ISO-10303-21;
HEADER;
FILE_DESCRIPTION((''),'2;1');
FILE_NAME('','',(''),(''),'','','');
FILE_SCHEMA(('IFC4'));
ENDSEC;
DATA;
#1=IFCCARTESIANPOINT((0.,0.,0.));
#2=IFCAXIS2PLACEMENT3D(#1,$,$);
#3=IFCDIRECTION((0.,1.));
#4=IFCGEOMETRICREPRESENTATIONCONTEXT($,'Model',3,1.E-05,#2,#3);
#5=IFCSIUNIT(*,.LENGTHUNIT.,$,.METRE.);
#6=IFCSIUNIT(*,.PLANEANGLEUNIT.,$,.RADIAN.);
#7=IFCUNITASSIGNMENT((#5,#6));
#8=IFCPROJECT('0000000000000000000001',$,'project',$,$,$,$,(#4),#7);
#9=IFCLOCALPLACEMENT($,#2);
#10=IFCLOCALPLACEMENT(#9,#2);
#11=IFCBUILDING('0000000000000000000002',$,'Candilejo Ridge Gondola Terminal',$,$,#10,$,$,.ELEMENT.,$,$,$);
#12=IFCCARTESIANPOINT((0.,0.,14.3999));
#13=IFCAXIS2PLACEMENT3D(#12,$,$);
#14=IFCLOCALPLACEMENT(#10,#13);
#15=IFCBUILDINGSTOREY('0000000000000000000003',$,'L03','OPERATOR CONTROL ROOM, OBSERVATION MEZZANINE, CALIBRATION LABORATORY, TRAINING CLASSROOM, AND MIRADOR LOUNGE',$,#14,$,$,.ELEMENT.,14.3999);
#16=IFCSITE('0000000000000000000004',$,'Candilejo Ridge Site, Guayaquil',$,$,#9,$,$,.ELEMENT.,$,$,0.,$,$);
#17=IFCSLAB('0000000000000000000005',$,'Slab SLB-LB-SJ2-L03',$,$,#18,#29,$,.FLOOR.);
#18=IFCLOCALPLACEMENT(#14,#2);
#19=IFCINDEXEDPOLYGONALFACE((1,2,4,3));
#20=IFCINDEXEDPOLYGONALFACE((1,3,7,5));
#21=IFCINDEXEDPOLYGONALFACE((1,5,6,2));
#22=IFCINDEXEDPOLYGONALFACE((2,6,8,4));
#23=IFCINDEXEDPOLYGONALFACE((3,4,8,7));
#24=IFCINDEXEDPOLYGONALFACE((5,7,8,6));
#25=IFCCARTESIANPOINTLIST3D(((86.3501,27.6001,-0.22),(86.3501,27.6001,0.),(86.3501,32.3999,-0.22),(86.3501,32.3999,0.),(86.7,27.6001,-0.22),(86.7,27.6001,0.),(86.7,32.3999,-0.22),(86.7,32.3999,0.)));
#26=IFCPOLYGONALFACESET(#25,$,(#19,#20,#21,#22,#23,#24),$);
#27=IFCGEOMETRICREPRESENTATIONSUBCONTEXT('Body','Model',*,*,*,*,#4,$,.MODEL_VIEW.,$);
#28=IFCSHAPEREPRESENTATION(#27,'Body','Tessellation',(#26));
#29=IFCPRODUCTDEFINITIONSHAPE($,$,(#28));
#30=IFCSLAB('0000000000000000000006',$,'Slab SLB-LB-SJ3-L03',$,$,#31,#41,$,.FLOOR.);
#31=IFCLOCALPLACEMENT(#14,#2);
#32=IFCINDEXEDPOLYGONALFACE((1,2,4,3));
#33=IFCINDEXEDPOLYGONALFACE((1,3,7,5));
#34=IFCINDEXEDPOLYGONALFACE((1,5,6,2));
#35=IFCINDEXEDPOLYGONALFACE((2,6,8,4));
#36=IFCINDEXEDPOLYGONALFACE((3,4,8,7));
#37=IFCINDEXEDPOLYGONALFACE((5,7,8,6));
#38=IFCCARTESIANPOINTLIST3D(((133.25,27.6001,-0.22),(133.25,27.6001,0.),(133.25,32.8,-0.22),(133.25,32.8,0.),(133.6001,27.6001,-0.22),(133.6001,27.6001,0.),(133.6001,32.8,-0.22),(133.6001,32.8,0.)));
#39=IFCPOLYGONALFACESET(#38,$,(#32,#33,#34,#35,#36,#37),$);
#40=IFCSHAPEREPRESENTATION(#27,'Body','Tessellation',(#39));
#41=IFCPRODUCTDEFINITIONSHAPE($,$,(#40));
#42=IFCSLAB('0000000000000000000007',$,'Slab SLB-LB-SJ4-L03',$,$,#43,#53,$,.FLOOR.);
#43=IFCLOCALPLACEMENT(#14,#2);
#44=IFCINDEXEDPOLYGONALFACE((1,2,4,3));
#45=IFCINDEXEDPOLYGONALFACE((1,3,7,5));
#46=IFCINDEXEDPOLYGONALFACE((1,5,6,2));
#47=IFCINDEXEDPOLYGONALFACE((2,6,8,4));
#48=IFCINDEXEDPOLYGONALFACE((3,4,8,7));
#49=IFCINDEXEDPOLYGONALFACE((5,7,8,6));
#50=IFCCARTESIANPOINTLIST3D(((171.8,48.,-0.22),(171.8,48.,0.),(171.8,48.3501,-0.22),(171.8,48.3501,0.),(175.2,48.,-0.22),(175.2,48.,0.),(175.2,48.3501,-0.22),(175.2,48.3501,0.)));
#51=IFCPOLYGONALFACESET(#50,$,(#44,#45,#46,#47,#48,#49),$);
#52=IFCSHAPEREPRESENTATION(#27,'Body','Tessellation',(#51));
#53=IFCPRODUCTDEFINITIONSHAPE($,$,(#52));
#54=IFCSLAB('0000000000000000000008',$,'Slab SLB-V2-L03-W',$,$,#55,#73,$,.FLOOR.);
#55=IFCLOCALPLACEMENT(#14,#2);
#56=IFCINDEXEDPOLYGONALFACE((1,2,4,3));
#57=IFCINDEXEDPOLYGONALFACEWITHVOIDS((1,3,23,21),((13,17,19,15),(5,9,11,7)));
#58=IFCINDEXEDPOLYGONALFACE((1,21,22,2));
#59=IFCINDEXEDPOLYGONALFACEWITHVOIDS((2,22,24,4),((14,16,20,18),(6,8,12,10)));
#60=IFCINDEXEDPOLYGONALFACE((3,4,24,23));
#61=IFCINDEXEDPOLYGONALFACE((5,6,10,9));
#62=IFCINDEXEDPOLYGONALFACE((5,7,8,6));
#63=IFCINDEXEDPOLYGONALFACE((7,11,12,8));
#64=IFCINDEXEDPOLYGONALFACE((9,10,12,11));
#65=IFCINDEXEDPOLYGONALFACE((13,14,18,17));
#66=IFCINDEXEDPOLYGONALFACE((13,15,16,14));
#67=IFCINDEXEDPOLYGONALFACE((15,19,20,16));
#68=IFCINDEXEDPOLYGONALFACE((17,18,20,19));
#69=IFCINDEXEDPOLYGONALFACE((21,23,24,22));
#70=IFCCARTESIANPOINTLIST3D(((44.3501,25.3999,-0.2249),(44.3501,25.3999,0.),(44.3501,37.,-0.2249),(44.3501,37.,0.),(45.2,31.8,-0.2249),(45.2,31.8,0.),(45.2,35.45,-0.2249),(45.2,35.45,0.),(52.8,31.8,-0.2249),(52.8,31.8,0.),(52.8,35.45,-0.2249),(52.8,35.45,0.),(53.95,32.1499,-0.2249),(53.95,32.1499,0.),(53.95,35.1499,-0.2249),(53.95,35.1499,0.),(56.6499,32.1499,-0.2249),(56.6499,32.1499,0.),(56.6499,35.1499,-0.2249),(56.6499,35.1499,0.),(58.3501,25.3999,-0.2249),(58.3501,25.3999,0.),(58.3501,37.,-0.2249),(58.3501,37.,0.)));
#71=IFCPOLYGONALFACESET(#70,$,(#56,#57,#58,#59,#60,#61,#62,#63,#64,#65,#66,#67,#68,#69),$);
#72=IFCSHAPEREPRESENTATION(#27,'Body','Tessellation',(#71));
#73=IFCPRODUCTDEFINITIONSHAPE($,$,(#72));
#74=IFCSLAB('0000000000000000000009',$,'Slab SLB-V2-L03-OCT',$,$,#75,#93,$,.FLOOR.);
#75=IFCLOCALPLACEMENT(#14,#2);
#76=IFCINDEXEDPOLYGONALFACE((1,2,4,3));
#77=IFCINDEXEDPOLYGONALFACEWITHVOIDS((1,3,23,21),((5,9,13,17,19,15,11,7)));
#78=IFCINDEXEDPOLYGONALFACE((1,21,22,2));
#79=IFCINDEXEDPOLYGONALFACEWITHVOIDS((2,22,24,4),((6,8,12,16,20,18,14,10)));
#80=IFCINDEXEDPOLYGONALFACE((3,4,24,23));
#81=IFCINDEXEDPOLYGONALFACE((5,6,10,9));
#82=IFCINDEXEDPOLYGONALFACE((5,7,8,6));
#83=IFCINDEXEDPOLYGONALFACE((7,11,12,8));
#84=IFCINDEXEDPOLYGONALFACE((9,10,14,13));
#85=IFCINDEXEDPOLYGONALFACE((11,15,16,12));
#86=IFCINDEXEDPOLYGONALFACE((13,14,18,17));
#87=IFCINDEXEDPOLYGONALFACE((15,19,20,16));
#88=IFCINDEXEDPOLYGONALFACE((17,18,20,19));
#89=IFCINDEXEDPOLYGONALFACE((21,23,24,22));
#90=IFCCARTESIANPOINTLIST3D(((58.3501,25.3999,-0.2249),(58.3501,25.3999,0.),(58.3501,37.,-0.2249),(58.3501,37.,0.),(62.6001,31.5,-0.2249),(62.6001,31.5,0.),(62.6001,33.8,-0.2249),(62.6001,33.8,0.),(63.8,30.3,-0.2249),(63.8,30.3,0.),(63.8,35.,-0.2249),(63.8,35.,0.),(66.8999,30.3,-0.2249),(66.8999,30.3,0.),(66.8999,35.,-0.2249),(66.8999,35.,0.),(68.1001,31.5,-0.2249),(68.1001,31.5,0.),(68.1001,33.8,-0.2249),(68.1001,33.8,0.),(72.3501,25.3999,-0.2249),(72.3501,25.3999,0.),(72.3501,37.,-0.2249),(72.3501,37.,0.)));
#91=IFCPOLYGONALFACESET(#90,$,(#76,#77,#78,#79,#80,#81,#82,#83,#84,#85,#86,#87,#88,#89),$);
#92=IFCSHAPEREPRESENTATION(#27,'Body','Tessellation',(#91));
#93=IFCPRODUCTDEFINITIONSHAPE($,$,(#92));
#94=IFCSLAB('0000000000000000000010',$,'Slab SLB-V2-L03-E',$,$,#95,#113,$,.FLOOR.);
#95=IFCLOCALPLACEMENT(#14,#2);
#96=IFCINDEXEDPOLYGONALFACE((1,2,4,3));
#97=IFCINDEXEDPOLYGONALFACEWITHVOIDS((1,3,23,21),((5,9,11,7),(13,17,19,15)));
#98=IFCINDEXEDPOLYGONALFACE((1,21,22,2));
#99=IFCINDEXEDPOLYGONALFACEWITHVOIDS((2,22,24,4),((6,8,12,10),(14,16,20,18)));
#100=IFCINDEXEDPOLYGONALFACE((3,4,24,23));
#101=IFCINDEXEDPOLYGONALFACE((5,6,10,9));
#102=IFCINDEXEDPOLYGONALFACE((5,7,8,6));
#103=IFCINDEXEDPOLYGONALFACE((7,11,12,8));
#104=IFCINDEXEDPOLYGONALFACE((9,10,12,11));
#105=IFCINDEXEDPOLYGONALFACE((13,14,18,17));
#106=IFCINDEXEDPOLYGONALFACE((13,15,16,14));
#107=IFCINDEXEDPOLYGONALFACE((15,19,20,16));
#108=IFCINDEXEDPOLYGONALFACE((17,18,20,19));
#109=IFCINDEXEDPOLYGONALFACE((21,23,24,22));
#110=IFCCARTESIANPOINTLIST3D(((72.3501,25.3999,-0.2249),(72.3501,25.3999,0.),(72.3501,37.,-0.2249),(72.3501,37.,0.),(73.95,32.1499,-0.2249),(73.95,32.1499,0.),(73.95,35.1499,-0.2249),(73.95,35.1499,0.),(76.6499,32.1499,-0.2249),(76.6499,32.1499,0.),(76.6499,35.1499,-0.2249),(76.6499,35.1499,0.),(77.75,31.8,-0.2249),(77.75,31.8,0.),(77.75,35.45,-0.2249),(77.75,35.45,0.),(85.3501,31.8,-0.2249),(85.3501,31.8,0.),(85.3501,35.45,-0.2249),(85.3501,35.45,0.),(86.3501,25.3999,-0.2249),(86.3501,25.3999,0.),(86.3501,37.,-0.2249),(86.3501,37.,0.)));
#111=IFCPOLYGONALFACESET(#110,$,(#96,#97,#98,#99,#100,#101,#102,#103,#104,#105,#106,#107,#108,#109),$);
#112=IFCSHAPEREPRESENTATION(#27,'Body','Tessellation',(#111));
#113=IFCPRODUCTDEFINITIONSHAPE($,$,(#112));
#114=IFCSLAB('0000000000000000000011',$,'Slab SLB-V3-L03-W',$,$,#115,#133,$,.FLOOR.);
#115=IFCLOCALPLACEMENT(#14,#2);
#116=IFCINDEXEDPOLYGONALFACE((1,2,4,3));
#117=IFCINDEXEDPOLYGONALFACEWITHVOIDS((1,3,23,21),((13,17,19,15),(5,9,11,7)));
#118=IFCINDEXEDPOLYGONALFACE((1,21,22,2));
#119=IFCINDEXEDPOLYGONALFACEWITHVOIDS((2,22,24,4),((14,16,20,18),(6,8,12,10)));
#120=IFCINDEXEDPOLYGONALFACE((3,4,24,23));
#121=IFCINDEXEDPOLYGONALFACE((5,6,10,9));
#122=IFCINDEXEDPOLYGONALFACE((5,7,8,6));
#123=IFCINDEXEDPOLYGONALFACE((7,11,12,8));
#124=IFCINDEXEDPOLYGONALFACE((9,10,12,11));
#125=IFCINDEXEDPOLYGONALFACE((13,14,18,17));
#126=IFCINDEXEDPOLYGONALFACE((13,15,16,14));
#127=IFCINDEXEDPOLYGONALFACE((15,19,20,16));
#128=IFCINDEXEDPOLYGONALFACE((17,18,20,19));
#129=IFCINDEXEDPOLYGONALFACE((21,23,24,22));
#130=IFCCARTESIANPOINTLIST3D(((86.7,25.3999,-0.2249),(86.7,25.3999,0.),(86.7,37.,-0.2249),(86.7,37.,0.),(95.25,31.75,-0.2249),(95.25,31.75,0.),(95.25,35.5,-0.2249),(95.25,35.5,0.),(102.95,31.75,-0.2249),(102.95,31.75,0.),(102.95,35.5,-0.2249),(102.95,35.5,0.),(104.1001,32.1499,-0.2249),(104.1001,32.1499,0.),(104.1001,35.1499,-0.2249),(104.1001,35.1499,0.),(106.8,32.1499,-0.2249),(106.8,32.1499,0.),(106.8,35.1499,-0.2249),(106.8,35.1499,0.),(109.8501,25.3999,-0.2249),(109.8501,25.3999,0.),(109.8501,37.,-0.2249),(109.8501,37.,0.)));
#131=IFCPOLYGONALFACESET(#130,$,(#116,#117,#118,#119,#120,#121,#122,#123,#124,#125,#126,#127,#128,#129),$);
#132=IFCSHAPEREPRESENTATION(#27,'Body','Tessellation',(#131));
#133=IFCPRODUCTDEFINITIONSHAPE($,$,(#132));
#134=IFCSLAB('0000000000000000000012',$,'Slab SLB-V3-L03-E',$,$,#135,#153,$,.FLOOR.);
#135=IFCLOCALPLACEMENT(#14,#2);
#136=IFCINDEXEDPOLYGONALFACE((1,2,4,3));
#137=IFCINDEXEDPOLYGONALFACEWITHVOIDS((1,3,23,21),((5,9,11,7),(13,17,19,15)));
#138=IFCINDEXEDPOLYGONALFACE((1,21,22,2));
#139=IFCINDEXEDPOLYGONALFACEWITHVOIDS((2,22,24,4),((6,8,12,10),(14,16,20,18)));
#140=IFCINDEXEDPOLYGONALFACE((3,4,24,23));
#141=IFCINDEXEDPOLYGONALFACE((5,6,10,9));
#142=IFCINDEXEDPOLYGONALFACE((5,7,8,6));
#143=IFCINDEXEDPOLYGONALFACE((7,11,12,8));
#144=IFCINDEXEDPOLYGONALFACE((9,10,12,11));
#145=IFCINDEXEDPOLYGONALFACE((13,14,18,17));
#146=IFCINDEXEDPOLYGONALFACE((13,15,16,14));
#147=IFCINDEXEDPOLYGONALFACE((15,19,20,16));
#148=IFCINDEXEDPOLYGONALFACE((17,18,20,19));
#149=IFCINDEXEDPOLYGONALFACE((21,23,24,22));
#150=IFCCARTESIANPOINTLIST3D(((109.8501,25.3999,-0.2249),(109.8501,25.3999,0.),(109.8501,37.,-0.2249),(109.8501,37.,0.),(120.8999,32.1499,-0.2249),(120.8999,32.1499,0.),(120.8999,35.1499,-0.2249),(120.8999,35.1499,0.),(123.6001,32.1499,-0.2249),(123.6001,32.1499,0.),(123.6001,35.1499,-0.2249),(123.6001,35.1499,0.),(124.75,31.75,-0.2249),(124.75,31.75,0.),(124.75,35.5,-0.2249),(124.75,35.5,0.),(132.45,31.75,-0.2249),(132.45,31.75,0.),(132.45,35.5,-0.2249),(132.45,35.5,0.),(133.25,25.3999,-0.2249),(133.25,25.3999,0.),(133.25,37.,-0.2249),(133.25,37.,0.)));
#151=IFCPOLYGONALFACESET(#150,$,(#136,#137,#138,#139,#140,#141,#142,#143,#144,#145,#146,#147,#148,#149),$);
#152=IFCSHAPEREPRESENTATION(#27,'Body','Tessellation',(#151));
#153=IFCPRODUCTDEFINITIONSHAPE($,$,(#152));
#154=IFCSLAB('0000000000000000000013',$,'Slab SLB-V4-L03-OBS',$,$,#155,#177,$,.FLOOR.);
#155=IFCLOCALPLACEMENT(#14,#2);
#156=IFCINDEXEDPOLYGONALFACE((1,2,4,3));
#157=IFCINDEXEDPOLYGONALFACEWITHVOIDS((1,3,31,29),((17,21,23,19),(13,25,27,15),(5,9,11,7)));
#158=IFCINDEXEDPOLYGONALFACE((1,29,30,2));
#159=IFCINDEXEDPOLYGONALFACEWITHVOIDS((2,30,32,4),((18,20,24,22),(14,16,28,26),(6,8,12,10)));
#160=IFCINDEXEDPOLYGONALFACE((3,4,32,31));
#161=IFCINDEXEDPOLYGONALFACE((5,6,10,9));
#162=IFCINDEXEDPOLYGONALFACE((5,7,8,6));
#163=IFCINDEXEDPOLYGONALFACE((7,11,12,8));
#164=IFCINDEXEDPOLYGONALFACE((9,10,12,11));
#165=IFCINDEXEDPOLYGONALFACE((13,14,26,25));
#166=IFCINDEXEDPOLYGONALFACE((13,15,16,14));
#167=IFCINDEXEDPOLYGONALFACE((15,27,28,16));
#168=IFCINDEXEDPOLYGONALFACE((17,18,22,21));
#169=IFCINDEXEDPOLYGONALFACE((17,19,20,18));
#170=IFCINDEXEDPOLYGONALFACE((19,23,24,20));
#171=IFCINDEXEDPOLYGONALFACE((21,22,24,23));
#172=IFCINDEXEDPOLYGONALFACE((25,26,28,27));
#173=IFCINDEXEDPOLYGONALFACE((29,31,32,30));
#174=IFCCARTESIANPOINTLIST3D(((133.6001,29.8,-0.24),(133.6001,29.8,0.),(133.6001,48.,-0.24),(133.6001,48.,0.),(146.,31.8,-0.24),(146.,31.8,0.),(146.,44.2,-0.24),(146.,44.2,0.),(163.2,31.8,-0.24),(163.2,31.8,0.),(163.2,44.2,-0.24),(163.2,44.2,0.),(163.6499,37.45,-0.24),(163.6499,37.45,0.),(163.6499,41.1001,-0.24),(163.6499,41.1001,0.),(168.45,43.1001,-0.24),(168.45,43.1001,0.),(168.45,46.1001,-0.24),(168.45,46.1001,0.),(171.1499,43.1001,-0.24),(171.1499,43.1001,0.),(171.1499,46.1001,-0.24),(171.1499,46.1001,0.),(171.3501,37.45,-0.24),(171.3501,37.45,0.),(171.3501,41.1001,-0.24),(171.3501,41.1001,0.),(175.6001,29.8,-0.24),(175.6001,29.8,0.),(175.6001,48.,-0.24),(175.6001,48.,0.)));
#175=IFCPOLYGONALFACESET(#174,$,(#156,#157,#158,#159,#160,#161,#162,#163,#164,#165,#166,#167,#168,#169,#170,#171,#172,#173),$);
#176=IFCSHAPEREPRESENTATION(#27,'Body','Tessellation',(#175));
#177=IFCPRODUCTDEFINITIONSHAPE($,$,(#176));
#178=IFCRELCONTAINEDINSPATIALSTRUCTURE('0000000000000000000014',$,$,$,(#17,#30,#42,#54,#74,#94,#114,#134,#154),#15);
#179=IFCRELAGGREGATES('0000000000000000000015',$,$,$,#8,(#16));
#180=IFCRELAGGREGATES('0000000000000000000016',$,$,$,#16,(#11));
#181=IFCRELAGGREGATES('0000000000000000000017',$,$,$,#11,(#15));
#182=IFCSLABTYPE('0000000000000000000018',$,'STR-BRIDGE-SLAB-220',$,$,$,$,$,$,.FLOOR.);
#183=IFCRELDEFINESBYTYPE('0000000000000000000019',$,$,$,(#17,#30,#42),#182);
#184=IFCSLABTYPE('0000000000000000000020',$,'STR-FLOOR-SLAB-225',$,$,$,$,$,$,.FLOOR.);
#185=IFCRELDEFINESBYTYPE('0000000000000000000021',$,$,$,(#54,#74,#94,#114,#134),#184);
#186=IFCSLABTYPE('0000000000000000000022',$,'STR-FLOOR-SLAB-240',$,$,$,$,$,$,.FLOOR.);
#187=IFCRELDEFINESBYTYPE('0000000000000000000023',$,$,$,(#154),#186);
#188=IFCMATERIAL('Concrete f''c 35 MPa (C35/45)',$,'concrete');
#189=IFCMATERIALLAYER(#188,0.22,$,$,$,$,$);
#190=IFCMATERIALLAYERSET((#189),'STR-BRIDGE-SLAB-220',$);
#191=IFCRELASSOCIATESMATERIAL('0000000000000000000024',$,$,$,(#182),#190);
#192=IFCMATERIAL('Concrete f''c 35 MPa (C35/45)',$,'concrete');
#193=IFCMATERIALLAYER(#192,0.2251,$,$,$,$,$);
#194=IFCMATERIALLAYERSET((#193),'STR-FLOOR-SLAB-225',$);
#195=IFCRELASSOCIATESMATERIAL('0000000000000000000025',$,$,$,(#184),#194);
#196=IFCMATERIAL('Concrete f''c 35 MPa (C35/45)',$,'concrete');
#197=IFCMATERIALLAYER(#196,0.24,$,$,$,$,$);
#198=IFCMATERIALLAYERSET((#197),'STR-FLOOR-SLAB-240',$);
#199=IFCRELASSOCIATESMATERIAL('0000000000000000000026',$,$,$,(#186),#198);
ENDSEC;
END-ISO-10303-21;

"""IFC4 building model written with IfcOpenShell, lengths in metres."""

from ifc_helpers import new_model, si_unit, direction, frame, origin, place, context, subcontext, project, spatial, polyline, outline, extrude, material, layer, layer_set, type_object, element, save


model = new_model("IFC4")

# Units and contexts
model_context = context("Model", 3, precision=1e-05, world=origin(), true_north=direction((0.0, 1.0)))
body_context = subcontext(model_context, "Body", "Model", "MODEL_VIEW")
ifc_project = project(units=[si_unit("LENGTHUNIT", "METRE"), si_unit("PLANEANGLEUNIT", "RADIAN")], contexts=[model_context])

# Site, building, storey
site_placement = place(None, origin())
site = spatial("IfcSite", under=ifc_project, at=site_placement, Name="Candilejo Ridge Site, Guayaquil", CompositionType="ELEMENT", RefElevation=0.0)
building_placement = place(site_placement, origin())
building = spatial("IfcBuilding", under=site, at=building_placement, Name="Candilejo Ridge Gondola Terminal", CompositionType="ELEMENT")
storey_placement = place(building_placement, frame((0.0, 0.0, 14.3999)))
storey = spatial("IfcBuildingStorey", under=building, at=storey_placement, Name="L03", Description="OPERATOR CONTROL ROOM, OBSERVATION MEZZANINE, CALIBRATION LABORATORY, TRAINING CLASSROOM, AND MIRADOR LOUNGE", CompositionType="ELEMENT", Elevation=14.3999)

# Slabs
ifc_material_1 = material(Name="Concrete f'c 35 MPa (C35/45)", Category="concrete")
ifc_layer_1 = layer(ifc_material_1, 0.22)
ifc_layer_set_1 = layer_set([ifc_layer_1], Name="STR-BRIDGE-SLAB-220")
slab_type_1 = type_object("IfcSlabType", Name="STR-BRIDGE-SLAB-220", PredefinedType="FLOOR", material=ifc_layer_set_1)
slab_1_placement = place(storey_placement, frame((0.0, 0.0, -0.22)))
element("IfcSlab", 1, at=slab_1_placement, inside=storey, type_object=slab_type_1, Name="Slab SLB-LB-SJ2-L03", PredefinedType="FLOOR", context=body_context, shape_type="SweptSolid", body=[
    extrude(outline(polyline([(86.3501, 27.6001), (86.7, 27.6001), (86.7, 32.3999), (86.3501, 32.3999), (86.3501, 27.6001)])), origin(), (0.0, 0.0, 1.0), 0.22),
])
slab_2_placement = place(storey_placement, frame((0.0, 0.0, -0.22)))
element("IfcSlab", 2, at=slab_2_placement, inside=storey, type_object=slab_type_1, Name="Slab SLB-LB-SJ3-L03", PredefinedType="FLOOR", context=body_context, shape_type="SweptSolid", body=[
    extrude(outline(polyline([(133.25, 27.6001), (133.6001, 27.6001), (133.6001, 32.8), (133.25, 32.8), (133.25, 27.6001)])), origin(), (0.0, 0.0, 1.0), 0.22),
])
slab_3_placement = place(storey_placement, frame((0.0, 0.0, -0.22)))
element("IfcSlab", 3, at=slab_3_placement, inside=storey, type_object=slab_type_1, Name="Slab SLB-LB-SJ4-L03", PredefinedType="FLOOR", context=body_context, shape_type="SweptSolid", body=[
    extrude(outline(polyline([(171.8, 48.0), (175.2, 48.0), (175.2, 48.3501), (171.8, 48.3501), (171.8, 48.0)])), origin(), (0.0, 0.0, 1.0), 0.22),
])
ifc_material_2 = material(Name="Concrete f'c 35 MPa (C35/45)", Category="concrete")
ifc_layer_2 = layer(ifc_material_2, 0.2251)
ifc_layer_set_2 = layer_set([ifc_layer_2], Name="STR-FLOOR-SLAB-225")
slab_type_2 = type_object("IfcSlabType", Name="STR-FLOOR-SLAB-225", PredefinedType="FLOOR", material=ifc_layer_set_2)
slab_4_placement = place(storey_placement, frame((0.0, 0.0, -0.2249)))
element("IfcSlab", 4, at=slab_4_placement, inside=storey, type_object=slab_type_2, Name="Slab SLB-V2-L03-W", PredefinedType="FLOOR", context=body_context, shape_type="SweptSolid", body=[
    extrude(outline(polyline([(44.3501, 25.3999), (58.3501, 25.3999), (58.3501, 37.0), (44.3501, 37.0), (44.3501, 25.3999)]), holes=[polyline([(45.2, 31.8), (52.8, 31.8), (52.8, 35.45), (45.2, 35.45), (45.2, 31.8)]), polyline([(53.95, 32.1499), (56.6499, 32.1499), (56.6499, 35.1499), (53.95, 35.1499), (53.95, 32.1499)])]), origin(), (0.0, 0.0, 1.0), 0.2249),
])
slab_5_placement = place(storey_placement, frame((0.0, 0.0, -0.2249)))
element("IfcSlab", 5, at=slab_5_placement, inside=storey, type_object=slab_type_2, Name="Slab SLB-V2-L03-OCT", PredefinedType="FLOOR", context=body_context, shape_type="SweptSolid", body=[
    extrude(outline(polyline([(58.3501, 25.3999), (72.3501, 25.3999), (72.3501, 37.0), (58.3501, 37.0), (58.3501, 25.3999)]), holes=[polyline([(63.8, 30.3), (66.8999, 30.3), (68.1001, 31.5), (68.1001, 33.8), (66.8999, 35.0), (63.8, 35.0), (62.6001, 33.8), (62.6001, 31.5), (63.8, 30.3)])]), origin(), (0.0, 0.0, 1.0), 0.2249),
])
slab_6_placement = place(storey_placement, frame((0.0, 0.0, -0.2249)))
element("IfcSlab", 6, at=slab_6_placement, inside=storey, type_object=slab_type_2, Name="Slab SLB-V2-L03-E", PredefinedType="FLOOR", context=body_context, shape_type="SweptSolid", body=[
    extrude(outline(polyline([(72.3501, 25.3999), (86.3501, 25.3999), (86.3501, 37.0), (72.3501, 37.0), (72.3501, 25.3999)]), holes=[polyline([(77.75, 31.8), (85.3501, 31.8), (85.3501, 35.45), (77.75, 35.45), (77.75, 31.8)]), polyline([(73.95, 32.1499), (76.6499, 32.1499), (76.6499, 35.1499), (73.95, 35.1499), (73.95, 32.1499)])]), origin(), (0.0, 0.0, 1.0), 0.2249),
])
slab_7_placement = place(storey_placement, frame((0.0, 0.0, -0.2249)))
element("IfcSlab", 7, at=slab_7_placement, inside=storey, type_object=slab_type_2, Name="Slab SLB-V3-L03-W", PredefinedType="FLOOR", context=body_context, shape_type="SweptSolid", body=[
    extrude(outline(polyline([(86.7, 25.3999), (109.8501, 25.3999), (109.8501, 37.0), (86.7, 37.0), (86.7, 25.3999)]), holes=[polyline([(95.25, 31.75), (102.95, 31.75), (102.95, 35.5), (95.25, 35.5), (95.25, 31.75)]), polyline([(104.1001, 32.1499), (106.8, 32.1499), (106.8, 35.1499), (104.1001, 35.1499), (104.1001, 32.1499)])]), origin(), (0.0, 0.0, 1.0), 0.2249),
])
slab_8_placement = place(storey_placement, frame((0.0, 0.0, -0.2249)))
element("IfcSlab", 8, at=slab_8_placement, inside=storey, type_object=slab_type_2, Name="Slab SLB-V3-L03-E", PredefinedType="FLOOR", context=body_context, shape_type="SweptSolid", body=[
    extrude(outline(polyline([(109.8501, 25.3999), (133.25, 25.3999), (133.25, 37.0), (109.8501, 37.0), (109.8501, 25.3999)]), holes=[polyline([(124.75, 31.75), (132.45, 31.75), (132.45, 35.5), (124.75, 35.5), (124.75, 31.75)]), polyline([(120.8999, 32.1499), (123.6001, 32.1499), (123.6001, 35.1499), (120.8999, 35.1499), (120.8999, 32.1499)])]), origin(), (0.0, 0.0, 1.0), 0.2249),
])
ifc_material_3 = material(Name="Concrete f'c 35 MPa (C35/45)", Category="concrete")
ifc_layer_3 = layer(ifc_material_3, 0.24)
ifc_layer_set_3 = layer_set([ifc_layer_3], Name="STR-FLOOR-SLAB-240")
slab_type_3 = type_object("IfcSlabType", Name="STR-FLOOR-SLAB-240", PredefinedType="FLOOR", material=ifc_layer_set_3)
slab_9_placement = place(storey_placement, frame((0.0, 0.0, -0.24)))
element("IfcSlab", 9, at=slab_9_placement, inside=storey, type_object=slab_type_3, Name="Slab SLB-V4-L03-OBS", PredefinedType="FLOOR", context=body_context, shape_type="SweptSolid", body=[
    extrude(outline(polyline([(133.6001, 29.8), (175.6001, 29.8), (175.6001, 48.0), (133.6001, 48.0), (133.6001, 29.8)]), holes=[polyline([(163.6499, 37.45), (171.3501, 37.45), (171.3501, 41.1001), (163.6499, 41.1001), (163.6499, 37.45)]), polyline([(168.45, 43.1001), (171.1499, 43.1001), (171.1499, 46.1001), (168.45, 46.1001), (168.45, 43.1001)]), polyline([(146.0, 31.8), (163.2, 31.8), (163.2, 44.2), (146.0, 44.2), (146.0, 31.8)])]), origin(), (0.0, 0.0, 1.0), 0.24),
])

save(model, "model.ifc")
